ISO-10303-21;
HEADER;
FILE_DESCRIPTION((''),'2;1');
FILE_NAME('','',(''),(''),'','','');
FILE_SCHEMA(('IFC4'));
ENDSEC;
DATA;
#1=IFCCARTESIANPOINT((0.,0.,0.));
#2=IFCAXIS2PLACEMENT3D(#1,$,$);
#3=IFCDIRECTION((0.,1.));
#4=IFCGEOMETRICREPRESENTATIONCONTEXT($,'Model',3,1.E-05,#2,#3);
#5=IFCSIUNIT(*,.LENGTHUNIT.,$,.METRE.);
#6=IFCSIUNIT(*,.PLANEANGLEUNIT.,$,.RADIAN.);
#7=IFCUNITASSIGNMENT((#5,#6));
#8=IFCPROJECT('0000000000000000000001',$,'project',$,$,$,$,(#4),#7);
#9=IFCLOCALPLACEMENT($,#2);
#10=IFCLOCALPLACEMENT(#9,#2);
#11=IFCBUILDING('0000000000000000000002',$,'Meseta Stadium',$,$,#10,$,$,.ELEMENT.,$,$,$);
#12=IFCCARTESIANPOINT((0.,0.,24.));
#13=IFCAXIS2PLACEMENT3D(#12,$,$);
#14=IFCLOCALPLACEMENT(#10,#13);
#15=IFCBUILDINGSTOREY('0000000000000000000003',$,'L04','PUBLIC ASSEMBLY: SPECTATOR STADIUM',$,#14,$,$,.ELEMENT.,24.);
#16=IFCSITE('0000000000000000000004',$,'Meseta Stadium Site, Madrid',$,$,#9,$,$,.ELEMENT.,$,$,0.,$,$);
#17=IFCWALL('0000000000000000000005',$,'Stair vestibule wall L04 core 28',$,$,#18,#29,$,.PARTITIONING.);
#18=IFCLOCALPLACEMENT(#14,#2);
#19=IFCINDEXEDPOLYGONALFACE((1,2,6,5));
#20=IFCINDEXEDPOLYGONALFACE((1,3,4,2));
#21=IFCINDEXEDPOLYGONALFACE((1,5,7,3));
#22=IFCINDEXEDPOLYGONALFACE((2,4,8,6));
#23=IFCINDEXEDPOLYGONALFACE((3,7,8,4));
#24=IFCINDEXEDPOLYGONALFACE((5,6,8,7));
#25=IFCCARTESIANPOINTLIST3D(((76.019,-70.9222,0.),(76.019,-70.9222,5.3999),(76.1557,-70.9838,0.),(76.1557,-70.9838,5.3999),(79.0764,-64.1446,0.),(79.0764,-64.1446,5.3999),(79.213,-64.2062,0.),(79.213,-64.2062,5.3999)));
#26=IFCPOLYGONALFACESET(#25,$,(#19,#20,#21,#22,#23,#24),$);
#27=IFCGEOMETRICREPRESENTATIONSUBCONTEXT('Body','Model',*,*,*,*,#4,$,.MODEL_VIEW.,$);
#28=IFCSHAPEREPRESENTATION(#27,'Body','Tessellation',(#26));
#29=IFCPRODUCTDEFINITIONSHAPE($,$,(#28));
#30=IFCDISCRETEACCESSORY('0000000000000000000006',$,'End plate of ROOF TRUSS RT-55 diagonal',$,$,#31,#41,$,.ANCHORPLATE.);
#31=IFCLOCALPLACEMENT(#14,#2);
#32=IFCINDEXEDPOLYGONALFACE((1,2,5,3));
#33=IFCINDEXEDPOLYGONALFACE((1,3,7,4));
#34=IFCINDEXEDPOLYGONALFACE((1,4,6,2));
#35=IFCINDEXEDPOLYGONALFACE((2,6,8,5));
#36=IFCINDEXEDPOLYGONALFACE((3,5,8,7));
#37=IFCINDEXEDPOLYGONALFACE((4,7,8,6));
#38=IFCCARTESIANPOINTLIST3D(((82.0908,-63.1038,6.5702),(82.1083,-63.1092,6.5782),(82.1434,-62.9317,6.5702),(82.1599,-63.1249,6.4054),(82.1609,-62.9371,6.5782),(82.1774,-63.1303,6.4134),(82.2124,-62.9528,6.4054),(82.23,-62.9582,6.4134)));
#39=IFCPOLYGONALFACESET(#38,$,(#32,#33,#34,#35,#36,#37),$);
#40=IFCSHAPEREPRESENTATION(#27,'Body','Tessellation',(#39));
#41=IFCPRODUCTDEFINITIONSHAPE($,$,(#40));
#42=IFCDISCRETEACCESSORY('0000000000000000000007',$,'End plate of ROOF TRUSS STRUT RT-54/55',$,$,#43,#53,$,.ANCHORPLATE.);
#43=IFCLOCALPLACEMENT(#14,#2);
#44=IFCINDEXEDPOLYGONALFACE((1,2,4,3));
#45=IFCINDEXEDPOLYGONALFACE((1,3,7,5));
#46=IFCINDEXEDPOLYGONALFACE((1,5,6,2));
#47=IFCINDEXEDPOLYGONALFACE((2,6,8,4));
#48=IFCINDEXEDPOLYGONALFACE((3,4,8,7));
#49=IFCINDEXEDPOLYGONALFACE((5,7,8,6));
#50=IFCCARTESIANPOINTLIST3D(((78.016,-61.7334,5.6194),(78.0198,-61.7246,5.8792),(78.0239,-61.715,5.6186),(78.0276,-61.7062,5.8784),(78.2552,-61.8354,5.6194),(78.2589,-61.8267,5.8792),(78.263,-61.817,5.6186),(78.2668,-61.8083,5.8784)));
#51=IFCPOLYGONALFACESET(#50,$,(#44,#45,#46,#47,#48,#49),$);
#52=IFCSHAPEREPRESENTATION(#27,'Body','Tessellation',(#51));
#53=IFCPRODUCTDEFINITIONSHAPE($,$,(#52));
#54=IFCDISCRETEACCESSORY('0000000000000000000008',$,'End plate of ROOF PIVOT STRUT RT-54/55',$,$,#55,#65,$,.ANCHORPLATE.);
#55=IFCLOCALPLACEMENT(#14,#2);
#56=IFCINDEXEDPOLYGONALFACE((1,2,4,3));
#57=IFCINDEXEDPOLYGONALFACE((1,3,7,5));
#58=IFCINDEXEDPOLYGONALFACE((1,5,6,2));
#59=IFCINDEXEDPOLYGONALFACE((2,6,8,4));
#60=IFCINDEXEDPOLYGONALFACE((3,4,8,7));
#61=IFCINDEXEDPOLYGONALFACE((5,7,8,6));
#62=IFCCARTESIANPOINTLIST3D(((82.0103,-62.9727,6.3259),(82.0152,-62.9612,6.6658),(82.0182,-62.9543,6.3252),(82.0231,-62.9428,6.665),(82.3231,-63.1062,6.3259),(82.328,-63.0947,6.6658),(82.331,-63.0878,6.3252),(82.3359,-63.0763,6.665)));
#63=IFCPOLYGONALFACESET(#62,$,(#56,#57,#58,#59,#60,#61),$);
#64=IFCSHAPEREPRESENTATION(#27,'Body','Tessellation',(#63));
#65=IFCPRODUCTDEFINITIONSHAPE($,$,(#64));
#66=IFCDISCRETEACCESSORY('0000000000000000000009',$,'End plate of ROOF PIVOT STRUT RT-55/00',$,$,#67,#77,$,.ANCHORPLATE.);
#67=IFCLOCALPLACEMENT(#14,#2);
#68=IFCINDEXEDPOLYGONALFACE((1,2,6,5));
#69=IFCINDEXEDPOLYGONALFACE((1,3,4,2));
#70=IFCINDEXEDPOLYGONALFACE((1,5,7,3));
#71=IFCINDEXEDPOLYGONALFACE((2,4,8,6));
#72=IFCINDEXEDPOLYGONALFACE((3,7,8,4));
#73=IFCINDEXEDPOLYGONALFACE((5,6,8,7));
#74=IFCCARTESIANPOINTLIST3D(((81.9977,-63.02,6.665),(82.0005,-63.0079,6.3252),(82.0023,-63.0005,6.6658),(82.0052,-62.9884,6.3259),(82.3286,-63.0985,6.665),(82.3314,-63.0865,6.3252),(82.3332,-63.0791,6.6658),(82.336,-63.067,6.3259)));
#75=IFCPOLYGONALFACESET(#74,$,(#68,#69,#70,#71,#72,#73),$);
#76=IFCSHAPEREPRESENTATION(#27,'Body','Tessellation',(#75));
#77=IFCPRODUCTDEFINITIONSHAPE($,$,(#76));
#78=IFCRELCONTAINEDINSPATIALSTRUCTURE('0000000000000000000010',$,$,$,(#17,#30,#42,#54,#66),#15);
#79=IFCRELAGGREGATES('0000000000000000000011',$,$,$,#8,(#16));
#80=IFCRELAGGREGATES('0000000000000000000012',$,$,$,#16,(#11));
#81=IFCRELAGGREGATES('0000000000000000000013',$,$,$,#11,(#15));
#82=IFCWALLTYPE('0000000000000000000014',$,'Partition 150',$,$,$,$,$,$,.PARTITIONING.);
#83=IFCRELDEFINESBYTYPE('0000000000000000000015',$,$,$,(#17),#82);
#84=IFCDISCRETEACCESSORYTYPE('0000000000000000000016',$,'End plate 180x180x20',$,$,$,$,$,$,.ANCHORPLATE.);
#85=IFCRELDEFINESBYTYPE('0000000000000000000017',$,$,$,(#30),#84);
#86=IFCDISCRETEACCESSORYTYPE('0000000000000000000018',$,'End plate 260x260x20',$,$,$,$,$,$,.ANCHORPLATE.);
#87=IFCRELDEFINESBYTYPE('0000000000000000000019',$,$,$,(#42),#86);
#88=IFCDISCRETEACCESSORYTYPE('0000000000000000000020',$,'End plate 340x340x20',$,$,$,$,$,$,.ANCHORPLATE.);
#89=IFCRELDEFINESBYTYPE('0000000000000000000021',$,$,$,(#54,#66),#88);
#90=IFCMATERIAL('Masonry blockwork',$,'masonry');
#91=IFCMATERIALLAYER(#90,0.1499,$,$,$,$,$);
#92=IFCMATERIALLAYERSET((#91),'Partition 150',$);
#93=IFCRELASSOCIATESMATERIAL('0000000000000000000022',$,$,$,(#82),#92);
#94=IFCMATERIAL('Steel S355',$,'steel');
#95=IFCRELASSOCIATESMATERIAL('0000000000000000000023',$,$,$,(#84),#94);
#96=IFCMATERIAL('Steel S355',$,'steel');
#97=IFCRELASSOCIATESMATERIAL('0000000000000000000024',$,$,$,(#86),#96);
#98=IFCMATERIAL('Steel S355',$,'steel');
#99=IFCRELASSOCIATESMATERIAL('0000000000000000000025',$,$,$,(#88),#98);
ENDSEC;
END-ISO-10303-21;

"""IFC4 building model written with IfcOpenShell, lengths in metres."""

from ifc_helpers import new_model, si_unit, direction, frame, frame_2d, origin, origin_2d, place, context, subcontext, project, spatial, rectangle, extrude, material, layer, layer_set, material_profile, profile_set, type_object, element, save


model = new_model("IFC4")

# Units and contexts
model_context = context("Model", 3, precision=1e-05, world=origin(), true_north=direction((0.0, 1.0)))
body_context = subcontext(model_context, "Body", "Model", "MODEL_VIEW")
ifc_project = project(units=[si_unit("LENGTHUNIT", "METRE"), si_unit("PLANEANGLEUNIT", "RADIAN")], contexts=[model_context])

# Site, building, storey
site_placement = place(None, origin())
site = spatial("IfcSite", under=ifc_project, at=site_placement, Name="Meseta Stadium Site, Madrid", CompositionType="ELEMENT", RefElevation=0.0)
building_placement = place(site_placement, origin())
building = spatial("IfcBuilding", under=site, at=building_placement, Name="Meseta Stadium", CompositionType="ELEMENT")
storey_placement = place(building_placement, frame((0.0, 0.0, 24.0)))
storey = spatial("IfcBuildingStorey", under=building, at=storey_placement, Name="L04", Description="PUBLIC ASSEMBLY: SPECTATOR STADIUM", CompositionType="ELEMENT", Elevation=24.0)

# Shared definitions
ifc_material_1 = material(Name="Masonry blockwork", Category="masonry")
ifc_layer_1 = layer(ifc_material_1, 0.1499)
ifc_layer_set_1 = layer_set([ifc_layer_1], Name="Partition 150")
wall_type_1 = type_object("IfcWallType", Name="Partition 150", PredefinedType="PARTITIONING", material=ifc_layer_set_1)

# Wall
wall_1_placement = place(storey_placement, frame((79.1448, -64.1753, 0.0), z_axis=(0.0, 0.0, 1.0), x_axis=(-0.411199, -0.911546, 0.0)))
element("IfcWall", 1, at=wall_1_placement, inside=storey, type_object=wall_type_1, Name="Stair vestibule wall L04 core 28", PredefinedType="PARTITIONING", context=body_context, shape_type="SweptSolid", body=[
    extrude(rectangle(XDim=7.4353, YDim=0.1499, at=frame_2d((3.7178, 0.0))), origin(), (0.0, 0.0, 1.0), 5.3999),
])

# Discrete accessories
ifc_material_2 = material(Name="Steel S355", Category="steel")
ifc_material_profile_1 = material_profile(ifc_material_2, rectangle(XDim=0.1799, YDim=0.1799, at=origin_2d()), Name="PL 180x180")
ifc_profile_set_1 = profile_set([ifc_material_profile_1], Name="Steel S355")
discrete_accessory_type_1 = type_object("IfcDiscreteAccessoryType", Name="End plate 180x180x20", PredefinedType="ANCHORPLATE", material=ifc_profile_set_1)
discrete_accessory_1_placement = place(storey_placement, frame((82.1516, -63.0283, 6.4878), z_axis=(0.875902, -0.267637, 0.401455), x_axis=(0.292219, 0.956352, 0.0)))
element("IfcDiscreteAccessory", 2, at=discrete_accessory_1_placement, inside=storey, type_object=discrete_accessory_type_1, Name="End plate of ROOF TRUSS RT-55 diagonal", PredefinedType="ANCHORPLATE", context=body_context, shape_type="SweptSolid", body=[
    extrude(rectangle(XDim=0.1799, YDim=0.1799, at=origin_2d()), origin(), (0.0, 0.0, 1.0), 0.02),
])
ifc_material_3 = material(Name="Steel S355", Category="steel")
ifc_material_profile_2 = material_profile(ifc_material_3, rectangle(XDim=0.26, YDim=0.26, at=origin_2d()), Name="PL 260x260")
ifc_profile_set_2 = profile_set([ifc_material_profile_2], Name="Steel S355")
discrete_accessory_type_2 = type_object("IfcDiscreteAccessoryType", Name="End plate 260x260x20", PredefinedType="ANCHORPLATE", material=ifc_profile_set_2)
discrete_accessory_2_placement = place(storey_placement, frame((78.1375, -61.78, 5.7493), z_axis=(0.392173, 0.919156, -0.036766), x_axis=(-0.919778, 0.392439, 0.0)))
element("IfcDiscreteAccessory", 3, at=discrete_accessory_2_placement, inside=storey, type_object=discrete_accessory_type_2, Name="End plate of ROOF TRUSS STRUT RT-54/55", PredefinedType="ANCHORPLATE", context=body_context, shape_type="SweptSolid", body=[
    extrude(rectangle(XDim=0.26, YDim=0.26, at=origin_2d()), origin(), (0.0, 0.0, 1.0), 0.02),
])
ifc_material_4 = material(Name="Steel S355", Category="steel")
ifc_material_profile_3 = material_profile(ifc_material_4, rectangle(XDim=0.3401, YDim=0.3401, at=origin_2d()), Name="PL 340x340")
ifc_profile_set_3 = profile_set([ifc_material_profile_3], Name="Steel S355")
discrete_accessory_type_3 = type_object("IfcDiscreteAccessoryType", Name="End plate 340x340x20", PredefinedType="ANCHORPLATE", material=ifc_profile_set_3)
for number, where, z_axis, x_axis, name in (
    (4, (82.1692, -63.0337, 6.4958), (0.392173, 0.919156, -0.036766), (-0.919778, 0.392439, 0.0), "End plate of ROOF PIVOT STRUT RT-54/55"),
    (5, (82.1646, -63.0532, 6.4951), (0.230919, 0.97229, 0.036461), (-0.972937, 0.231072, 0.0), "End plate of ROOF PIVOT STRUT RT-55/00"),
):
    element("IfcDiscreteAccessory", number, at=place(storey_placement, frame(where, z_axis=z_axis, x_axis=x_axis)), inside=storey, type_object=discrete_accessory_type_3, Name=name, PredefinedType="ANCHORPLATE", context=body_context, shape_type="SweptSolid", body=[
        extrude(rectangle(XDim=0.3401, YDim=0.3401, at=origin_2d()), origin(), (0.0, 0.0, 1.0), 0.02),
    ])

save(model, "model.ifc")
